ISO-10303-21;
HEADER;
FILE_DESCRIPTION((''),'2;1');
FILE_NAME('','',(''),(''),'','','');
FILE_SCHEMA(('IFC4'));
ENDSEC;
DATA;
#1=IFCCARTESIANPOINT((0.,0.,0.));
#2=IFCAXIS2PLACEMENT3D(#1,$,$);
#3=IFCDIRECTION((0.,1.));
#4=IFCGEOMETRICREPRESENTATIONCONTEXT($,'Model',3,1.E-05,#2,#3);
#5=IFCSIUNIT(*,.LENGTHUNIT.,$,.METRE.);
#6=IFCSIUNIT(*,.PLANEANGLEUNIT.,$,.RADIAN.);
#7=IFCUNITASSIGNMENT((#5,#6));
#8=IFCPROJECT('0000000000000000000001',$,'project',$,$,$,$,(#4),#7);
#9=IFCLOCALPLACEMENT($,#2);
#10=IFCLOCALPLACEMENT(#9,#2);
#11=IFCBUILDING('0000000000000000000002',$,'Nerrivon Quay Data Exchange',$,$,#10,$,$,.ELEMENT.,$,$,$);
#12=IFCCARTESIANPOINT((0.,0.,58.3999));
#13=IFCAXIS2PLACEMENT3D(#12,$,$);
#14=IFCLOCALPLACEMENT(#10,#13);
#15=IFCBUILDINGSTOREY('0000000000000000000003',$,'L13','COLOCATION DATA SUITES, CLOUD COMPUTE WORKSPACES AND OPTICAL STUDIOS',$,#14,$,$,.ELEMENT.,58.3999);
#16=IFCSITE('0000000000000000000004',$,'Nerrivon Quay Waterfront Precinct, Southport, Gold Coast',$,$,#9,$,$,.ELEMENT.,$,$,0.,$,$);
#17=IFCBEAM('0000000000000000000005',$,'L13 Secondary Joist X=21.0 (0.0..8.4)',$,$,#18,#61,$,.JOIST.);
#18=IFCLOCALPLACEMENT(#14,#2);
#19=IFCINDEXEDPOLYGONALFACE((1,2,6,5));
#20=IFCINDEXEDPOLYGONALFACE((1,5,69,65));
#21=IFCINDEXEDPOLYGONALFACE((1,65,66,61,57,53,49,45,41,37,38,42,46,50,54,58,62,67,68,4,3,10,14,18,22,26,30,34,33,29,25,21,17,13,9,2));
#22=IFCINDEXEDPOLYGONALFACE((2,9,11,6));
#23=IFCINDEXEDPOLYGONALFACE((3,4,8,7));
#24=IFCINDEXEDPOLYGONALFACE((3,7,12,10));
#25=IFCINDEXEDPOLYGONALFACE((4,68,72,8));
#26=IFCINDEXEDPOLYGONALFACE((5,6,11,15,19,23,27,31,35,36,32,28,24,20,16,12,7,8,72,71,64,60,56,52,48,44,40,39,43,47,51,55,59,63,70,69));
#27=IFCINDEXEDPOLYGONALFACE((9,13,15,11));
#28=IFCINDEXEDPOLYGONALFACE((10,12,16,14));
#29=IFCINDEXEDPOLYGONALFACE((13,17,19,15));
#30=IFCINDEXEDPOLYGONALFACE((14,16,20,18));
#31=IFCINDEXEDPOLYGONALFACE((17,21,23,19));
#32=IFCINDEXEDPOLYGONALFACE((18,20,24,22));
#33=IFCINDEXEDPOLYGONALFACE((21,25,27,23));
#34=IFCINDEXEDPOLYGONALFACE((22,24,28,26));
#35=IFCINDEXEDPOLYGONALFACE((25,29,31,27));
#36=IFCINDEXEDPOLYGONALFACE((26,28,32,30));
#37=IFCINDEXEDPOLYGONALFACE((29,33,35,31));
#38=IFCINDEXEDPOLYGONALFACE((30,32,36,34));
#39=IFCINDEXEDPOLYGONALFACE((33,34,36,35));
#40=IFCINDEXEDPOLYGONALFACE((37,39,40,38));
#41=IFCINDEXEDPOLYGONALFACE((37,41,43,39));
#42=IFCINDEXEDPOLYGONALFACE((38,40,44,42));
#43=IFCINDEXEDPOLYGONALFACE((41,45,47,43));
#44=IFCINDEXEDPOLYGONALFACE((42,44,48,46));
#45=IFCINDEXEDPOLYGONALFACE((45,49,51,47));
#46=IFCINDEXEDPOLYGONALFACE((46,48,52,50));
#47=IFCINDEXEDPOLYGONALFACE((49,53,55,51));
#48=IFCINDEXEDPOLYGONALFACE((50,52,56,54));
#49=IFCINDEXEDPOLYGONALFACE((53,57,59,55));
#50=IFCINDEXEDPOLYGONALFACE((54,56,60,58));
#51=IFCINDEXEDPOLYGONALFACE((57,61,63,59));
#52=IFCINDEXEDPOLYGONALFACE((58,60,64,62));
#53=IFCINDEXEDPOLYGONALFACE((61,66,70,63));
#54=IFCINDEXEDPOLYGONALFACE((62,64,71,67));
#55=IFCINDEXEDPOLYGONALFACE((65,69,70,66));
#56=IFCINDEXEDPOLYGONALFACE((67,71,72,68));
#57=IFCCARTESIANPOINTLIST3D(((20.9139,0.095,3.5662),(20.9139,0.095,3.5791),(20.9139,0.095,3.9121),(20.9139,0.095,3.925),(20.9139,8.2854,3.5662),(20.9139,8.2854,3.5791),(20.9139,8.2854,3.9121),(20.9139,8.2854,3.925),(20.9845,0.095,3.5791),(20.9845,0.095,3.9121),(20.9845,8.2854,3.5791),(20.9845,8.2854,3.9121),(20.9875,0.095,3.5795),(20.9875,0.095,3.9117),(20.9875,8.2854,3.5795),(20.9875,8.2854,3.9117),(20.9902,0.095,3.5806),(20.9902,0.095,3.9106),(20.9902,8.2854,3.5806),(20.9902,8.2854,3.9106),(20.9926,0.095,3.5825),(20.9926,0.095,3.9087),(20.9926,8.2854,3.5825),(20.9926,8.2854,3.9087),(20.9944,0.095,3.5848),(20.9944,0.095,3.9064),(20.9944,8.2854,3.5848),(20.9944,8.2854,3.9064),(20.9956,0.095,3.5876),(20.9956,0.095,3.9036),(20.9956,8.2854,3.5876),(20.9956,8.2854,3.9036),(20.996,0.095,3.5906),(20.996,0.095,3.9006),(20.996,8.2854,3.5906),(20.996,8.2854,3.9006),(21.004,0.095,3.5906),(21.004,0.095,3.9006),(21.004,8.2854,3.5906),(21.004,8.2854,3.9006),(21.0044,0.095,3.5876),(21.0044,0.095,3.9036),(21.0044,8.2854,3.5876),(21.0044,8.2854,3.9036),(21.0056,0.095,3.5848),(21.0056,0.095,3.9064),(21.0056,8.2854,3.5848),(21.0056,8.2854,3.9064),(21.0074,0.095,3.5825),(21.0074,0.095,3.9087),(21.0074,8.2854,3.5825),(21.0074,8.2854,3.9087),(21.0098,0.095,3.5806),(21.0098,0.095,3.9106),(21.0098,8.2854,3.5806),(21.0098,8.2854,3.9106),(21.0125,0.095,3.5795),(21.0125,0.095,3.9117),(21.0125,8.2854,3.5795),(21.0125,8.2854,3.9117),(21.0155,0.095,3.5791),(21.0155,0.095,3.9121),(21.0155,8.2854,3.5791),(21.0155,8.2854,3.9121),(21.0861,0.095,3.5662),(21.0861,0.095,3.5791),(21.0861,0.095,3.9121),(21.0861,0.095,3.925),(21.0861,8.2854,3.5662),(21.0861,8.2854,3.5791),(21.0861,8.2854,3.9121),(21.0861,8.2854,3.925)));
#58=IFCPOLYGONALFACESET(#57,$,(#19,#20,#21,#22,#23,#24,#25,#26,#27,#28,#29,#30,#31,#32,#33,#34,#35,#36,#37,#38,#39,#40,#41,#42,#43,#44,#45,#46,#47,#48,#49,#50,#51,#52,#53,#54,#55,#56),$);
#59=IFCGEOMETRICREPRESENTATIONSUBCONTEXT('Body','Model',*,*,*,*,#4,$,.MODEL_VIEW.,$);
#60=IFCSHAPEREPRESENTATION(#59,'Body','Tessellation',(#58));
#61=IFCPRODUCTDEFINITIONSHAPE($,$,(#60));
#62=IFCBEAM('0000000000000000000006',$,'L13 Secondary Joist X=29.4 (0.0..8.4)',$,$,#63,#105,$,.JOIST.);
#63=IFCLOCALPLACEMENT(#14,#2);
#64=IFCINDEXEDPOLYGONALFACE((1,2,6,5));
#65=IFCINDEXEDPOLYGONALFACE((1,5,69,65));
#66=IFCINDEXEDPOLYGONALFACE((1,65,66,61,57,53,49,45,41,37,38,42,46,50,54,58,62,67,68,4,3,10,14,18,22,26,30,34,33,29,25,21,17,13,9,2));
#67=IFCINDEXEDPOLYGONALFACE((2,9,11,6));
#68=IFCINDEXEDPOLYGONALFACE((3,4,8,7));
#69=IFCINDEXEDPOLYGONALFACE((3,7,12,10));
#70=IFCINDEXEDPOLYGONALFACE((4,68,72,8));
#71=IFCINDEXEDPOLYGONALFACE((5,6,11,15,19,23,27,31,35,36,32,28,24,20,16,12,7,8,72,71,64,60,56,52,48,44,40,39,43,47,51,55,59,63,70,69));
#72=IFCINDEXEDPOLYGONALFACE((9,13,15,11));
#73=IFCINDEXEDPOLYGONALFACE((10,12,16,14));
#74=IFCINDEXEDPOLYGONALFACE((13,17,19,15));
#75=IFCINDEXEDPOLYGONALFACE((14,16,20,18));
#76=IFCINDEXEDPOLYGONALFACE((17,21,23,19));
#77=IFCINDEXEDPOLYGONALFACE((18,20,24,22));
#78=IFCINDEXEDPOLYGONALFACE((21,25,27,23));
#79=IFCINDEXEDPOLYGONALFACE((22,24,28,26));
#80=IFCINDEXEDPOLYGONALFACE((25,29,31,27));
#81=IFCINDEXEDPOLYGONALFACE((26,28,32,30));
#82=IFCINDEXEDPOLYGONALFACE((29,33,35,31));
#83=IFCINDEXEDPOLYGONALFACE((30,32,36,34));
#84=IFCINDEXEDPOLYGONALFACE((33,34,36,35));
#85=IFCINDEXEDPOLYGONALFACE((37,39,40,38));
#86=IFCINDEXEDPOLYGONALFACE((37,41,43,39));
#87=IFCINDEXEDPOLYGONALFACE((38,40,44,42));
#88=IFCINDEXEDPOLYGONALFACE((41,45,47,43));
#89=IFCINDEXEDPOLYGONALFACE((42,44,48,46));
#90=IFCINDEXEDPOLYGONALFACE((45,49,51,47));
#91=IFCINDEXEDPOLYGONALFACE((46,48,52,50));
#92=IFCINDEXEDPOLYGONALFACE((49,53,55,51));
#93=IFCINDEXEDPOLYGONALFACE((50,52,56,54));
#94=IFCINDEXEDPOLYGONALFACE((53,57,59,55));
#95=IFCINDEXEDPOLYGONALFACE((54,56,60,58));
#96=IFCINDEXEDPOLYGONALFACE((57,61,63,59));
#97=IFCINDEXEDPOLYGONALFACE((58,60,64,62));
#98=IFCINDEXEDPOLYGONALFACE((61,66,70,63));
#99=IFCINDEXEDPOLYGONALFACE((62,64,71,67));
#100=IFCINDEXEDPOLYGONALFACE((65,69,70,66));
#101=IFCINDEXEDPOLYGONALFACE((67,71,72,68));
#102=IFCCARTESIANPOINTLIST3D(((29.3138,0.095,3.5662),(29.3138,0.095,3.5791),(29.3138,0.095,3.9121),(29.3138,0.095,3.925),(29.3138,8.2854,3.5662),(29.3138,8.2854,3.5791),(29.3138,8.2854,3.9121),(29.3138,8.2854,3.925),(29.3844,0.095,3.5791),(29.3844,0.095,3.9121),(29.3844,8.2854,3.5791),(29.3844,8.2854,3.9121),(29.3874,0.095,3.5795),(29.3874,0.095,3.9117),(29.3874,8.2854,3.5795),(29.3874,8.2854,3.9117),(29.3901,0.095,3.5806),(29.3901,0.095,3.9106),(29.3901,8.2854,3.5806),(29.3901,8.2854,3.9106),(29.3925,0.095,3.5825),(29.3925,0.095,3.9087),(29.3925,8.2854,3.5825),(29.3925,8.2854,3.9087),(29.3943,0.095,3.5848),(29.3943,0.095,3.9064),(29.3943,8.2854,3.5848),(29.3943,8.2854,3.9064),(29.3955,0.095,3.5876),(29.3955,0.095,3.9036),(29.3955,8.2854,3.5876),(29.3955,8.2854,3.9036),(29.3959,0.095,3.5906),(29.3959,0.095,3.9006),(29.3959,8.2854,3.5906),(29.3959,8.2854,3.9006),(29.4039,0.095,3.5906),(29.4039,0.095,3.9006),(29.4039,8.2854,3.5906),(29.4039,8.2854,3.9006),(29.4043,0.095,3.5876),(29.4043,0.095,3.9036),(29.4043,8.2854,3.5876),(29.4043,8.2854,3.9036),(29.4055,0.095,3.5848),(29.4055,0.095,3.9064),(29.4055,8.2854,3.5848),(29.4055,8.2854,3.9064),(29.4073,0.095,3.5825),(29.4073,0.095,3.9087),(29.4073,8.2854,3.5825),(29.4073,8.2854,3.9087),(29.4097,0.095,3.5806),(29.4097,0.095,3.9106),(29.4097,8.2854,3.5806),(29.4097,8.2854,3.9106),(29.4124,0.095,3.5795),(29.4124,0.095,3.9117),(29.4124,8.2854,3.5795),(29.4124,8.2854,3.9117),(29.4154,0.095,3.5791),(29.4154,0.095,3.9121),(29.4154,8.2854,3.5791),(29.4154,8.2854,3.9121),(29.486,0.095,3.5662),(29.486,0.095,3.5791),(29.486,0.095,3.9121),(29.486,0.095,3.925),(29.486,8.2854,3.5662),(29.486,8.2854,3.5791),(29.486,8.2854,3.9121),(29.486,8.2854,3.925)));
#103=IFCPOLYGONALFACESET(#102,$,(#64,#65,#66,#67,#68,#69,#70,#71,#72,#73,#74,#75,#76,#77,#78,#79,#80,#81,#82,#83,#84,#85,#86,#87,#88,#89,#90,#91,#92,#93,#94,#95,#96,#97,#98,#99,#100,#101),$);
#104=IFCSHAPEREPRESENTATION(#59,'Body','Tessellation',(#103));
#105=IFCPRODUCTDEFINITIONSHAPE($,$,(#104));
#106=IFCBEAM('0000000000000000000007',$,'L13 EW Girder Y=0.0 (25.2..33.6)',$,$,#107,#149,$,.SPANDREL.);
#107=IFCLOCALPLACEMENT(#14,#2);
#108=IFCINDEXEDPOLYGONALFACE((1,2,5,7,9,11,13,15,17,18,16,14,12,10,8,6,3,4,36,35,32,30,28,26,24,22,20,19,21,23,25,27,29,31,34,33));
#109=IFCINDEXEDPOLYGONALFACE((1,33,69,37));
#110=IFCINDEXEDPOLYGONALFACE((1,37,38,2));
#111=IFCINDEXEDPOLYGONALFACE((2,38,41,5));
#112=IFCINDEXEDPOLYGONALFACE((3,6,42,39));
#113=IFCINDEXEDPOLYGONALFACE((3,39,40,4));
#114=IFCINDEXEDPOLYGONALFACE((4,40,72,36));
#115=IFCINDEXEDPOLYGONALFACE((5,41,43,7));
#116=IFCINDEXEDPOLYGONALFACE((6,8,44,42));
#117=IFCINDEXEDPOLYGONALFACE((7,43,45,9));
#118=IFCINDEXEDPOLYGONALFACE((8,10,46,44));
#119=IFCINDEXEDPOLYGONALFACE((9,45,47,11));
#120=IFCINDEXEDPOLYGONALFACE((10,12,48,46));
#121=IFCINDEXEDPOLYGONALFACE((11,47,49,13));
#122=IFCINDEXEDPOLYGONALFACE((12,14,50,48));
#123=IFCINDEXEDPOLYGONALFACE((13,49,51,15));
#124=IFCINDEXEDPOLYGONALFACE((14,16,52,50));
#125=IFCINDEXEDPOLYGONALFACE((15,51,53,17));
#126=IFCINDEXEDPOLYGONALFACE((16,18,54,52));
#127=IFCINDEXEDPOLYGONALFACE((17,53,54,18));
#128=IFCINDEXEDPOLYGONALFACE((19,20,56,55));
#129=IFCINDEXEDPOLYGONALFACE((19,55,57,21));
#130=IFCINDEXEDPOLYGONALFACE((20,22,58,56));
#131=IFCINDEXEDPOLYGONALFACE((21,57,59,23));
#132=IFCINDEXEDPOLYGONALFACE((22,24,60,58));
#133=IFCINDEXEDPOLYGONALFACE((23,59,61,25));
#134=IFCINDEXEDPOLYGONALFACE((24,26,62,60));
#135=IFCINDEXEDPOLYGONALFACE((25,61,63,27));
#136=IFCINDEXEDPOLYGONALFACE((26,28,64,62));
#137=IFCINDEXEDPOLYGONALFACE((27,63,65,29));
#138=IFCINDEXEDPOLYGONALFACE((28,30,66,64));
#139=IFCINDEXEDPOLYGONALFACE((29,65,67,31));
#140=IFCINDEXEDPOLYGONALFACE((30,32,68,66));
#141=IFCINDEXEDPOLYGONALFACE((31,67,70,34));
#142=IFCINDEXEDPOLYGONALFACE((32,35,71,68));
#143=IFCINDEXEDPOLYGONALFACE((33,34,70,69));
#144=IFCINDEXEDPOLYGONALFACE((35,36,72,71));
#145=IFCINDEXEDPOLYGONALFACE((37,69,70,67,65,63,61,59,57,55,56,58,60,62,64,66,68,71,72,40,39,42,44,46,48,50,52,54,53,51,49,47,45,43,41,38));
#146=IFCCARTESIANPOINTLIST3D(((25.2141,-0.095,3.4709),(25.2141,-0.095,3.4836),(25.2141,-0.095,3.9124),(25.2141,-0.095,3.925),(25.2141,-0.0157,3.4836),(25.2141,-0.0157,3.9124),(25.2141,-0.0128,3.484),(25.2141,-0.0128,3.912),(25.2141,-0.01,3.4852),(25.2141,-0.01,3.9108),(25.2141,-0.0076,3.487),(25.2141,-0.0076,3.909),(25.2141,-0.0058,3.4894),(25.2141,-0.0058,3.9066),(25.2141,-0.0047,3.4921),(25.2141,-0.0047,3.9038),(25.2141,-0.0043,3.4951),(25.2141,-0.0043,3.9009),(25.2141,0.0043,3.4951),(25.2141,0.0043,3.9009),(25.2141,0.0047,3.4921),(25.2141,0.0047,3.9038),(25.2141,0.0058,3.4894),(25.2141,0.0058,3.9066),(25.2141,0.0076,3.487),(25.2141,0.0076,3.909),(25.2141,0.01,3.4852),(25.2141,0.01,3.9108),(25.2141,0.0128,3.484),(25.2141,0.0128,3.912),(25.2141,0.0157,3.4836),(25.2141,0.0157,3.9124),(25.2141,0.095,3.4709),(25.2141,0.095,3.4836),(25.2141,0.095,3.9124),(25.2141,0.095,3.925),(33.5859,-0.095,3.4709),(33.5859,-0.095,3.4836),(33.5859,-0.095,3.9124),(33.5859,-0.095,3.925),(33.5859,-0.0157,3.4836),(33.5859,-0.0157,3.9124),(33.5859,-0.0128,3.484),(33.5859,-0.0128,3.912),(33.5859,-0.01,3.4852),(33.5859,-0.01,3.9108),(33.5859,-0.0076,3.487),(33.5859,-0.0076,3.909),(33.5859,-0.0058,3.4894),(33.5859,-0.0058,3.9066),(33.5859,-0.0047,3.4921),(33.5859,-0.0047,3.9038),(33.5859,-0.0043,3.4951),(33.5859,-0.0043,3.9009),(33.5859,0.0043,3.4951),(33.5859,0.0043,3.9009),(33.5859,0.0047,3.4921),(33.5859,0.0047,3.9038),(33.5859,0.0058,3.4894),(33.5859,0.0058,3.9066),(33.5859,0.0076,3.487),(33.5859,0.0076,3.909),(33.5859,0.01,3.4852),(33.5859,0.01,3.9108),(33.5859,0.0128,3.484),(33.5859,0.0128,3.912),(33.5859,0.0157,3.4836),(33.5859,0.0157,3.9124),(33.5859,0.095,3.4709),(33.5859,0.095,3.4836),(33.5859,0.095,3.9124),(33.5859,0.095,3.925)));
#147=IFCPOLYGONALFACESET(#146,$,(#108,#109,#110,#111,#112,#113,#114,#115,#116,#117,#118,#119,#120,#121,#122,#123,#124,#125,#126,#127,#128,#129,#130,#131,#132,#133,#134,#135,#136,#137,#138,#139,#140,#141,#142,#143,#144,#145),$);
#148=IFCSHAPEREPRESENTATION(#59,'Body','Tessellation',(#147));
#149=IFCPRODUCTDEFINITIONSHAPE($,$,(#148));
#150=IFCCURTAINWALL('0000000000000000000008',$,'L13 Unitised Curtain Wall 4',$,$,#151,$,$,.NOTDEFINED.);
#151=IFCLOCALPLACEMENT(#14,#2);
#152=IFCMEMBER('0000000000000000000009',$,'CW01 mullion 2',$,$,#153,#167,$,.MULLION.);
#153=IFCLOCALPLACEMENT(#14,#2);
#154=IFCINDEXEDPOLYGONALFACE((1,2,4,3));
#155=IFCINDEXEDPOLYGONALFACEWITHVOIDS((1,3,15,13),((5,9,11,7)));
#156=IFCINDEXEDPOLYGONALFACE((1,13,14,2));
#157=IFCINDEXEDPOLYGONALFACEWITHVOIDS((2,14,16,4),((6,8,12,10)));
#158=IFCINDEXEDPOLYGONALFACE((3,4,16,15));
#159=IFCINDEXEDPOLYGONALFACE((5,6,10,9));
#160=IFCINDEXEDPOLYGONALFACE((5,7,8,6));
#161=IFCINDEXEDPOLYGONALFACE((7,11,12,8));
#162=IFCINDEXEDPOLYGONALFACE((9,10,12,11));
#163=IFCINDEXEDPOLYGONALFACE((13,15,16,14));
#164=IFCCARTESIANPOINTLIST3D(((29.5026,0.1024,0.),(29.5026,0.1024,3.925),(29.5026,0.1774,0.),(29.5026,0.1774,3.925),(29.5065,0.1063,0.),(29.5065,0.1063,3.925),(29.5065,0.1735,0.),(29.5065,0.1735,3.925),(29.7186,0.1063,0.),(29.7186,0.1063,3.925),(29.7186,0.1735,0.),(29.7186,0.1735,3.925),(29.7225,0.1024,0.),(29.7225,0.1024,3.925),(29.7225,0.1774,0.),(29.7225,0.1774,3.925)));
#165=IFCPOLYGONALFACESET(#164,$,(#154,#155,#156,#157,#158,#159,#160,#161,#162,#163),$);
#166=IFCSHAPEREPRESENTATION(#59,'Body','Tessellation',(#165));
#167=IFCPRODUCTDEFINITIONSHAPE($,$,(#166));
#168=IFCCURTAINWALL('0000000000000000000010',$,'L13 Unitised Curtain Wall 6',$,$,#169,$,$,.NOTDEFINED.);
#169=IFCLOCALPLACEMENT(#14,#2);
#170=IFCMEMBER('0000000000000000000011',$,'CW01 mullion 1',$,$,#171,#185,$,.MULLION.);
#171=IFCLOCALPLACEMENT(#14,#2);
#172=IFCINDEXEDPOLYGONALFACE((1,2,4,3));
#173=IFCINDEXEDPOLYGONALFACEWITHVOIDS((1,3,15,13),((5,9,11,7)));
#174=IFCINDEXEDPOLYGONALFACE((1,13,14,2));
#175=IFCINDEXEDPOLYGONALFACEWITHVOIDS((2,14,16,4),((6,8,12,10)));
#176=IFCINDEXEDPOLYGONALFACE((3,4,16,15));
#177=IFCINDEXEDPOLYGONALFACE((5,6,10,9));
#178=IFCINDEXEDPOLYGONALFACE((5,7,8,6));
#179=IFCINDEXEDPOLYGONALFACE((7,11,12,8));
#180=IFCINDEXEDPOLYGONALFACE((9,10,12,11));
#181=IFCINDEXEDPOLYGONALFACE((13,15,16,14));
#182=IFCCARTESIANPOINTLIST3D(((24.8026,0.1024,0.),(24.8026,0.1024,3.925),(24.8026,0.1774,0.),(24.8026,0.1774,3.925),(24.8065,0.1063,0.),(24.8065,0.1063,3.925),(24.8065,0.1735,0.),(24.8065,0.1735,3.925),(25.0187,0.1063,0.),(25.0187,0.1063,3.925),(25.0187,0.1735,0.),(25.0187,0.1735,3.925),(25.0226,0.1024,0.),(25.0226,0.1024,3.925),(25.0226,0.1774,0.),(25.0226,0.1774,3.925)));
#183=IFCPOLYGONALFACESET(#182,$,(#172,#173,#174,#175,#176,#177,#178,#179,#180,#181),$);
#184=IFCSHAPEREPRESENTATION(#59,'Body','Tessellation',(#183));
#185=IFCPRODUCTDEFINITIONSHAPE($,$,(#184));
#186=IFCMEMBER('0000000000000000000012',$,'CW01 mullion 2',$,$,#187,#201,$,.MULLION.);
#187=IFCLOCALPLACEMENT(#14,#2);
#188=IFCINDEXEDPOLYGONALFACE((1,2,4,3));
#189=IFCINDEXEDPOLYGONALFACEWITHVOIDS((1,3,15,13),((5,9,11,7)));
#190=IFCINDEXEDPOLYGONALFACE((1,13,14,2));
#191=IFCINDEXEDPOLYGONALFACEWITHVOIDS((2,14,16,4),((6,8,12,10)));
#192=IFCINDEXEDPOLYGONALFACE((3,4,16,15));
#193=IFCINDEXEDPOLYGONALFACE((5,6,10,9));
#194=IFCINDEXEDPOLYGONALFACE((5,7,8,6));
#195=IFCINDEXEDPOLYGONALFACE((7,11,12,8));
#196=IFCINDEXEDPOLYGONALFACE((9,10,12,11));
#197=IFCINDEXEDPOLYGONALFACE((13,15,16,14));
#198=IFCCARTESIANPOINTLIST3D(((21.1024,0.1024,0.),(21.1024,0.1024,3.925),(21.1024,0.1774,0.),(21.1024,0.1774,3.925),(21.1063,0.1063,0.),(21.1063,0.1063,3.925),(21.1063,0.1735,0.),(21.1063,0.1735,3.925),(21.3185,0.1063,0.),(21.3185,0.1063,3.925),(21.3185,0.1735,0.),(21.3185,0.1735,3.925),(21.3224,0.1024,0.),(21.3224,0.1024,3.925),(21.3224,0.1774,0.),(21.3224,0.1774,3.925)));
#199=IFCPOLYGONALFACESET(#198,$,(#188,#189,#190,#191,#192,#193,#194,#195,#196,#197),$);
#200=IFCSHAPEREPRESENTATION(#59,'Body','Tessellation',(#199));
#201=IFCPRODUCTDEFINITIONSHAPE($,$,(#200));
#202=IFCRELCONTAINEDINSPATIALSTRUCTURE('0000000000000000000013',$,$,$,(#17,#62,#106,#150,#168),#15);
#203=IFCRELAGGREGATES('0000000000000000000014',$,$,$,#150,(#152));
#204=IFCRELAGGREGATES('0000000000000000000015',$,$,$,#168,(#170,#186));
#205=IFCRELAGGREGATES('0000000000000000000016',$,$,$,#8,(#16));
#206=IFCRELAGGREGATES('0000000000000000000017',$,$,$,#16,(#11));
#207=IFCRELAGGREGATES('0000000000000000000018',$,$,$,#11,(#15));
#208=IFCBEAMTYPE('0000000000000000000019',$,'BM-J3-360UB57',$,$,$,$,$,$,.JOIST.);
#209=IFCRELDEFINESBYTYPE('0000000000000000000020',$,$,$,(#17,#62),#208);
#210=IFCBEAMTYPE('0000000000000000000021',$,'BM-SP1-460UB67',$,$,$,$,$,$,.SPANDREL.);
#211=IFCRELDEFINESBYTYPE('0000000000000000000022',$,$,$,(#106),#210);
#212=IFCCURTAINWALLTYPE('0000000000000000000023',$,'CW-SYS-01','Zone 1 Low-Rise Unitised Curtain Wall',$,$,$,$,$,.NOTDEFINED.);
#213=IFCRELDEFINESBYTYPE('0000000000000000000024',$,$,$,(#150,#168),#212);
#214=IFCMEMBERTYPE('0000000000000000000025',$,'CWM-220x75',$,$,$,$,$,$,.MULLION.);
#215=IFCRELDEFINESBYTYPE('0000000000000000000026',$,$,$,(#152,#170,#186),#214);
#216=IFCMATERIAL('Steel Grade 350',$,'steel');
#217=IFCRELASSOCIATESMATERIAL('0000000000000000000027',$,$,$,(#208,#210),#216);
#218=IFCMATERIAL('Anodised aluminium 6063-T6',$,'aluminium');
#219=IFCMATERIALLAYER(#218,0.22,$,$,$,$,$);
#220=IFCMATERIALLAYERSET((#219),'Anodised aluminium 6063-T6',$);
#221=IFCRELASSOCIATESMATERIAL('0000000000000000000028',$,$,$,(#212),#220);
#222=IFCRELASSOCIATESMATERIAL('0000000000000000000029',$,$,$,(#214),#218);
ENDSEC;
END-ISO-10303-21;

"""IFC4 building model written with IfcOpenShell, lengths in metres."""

from ifc_helpers import new_model, si_unit, direction, frame, origin, origin_2d, place, context, subcontext, project, spatial, hollow_rectangle, i_section, extrude, material, layer, layer_set, material_profile, profile_set, type_object, element, aggregate, save


model = new_model("IFC4")

# Units and contexts
model_context = context("Model", 3, precision=1e-05, world=origin(), true_north=direction((0.0, 1.0)))
body_context = subcontext(model_context, "Body", "Model", "MODEL_VIEW")
ifc_project = project(units=[si_unit("LENGTHUNIT", "METRE"), si_unit("PLANEANGLEUNIT", "RADIAN")], contexts=[model_context])

# Site, building, storey
site_placement = place(None, origin())
site = spatial("IfcSite", under=ifc_project, at=site_placement, Name="Nerrivon Quay Waterfront Precinct, Southport, Gold Coast", CompositionType="ELEMENT", RefElevation=0.0)
building_placement = place(site_placement, origin())
building = spatial("IfcBuilding", under=site, at=building_placement, Name="Nerrivon Quay Data Exchange", CompositionType="ELEMENT")
storey_placement = place(building_placement, frame((0.0, 0.0, 58.3999)))
storey = spatial("IfcBuildingStorey", under=building, at=storey_placement, Name="L13", Description="COLOCATION DATA SUITES, CLOUD COMPUTE WORKSPACES AND OPTICAL STUDIOS", CompositionType="ELEMENT", Elevation=58.3999)

# Shared definitions
ifc_material_1 = material(Name="Steel Grade 350", Category="steel")

# Beams
ifc_material_profile_1 = material_profile(ifc_material_1, i_section(OverallWidth=0.1721, OverallDepth=0.3589, WebThickness=0.0081, FlangeThickness=0.0129, FilletRadius=0.0115, at=origin_2d()), Name="360UB56.7")
ifc_profile_set_1 = profile_set([ifc_material_profile_1], Name="Steel Grade 350")
beam_type_1 = type_object("IfcBeamType", Name="BM-J3-360UB57", PredefinedType="JOIST", material=ifc_profile_set_1)
for number, where, z_axis, x_axis, name in (
    (1, (21.0, 0.095, 3.7456), (0.0, 1.0, 0.0), (-1.0, 0.0, 0.0), "L13 Secondary Joist X=21.0 (0.0..8.4)"),
    (2, (29.3999, 0.095, 3.7456), (0.0, 1.0, 0.0), (-1.0, 0.0, 0.0), "L13 Secondary Joist X=29.4 (0.0..8.4)"),
):
    element("IfcBeam", number, at=place(storey_placement, frame(where, z_axis=z_axis, x_axis=x_axis)), inside=storey, type_object=beam_type_1, Name=name, PredefinedType="JOIST", context=body_context, shape_type="SweptSolid", body=[
        extrude(i_section(OverallWidth=0.1721, OverallDepth=0.3589, WebThickness=0.0081, FlangeThickness=0.0129, FilletRadius=0.0115, at=origin_2d()), origin(), (0.0, 0.0, 1.0), 8.1904),
    ])
ifc_material_profile_2 = material_profile(ifc_material_1, i_section(OverallWidth=0.1899, OverallDepth=0.4541, WebThickness=0.0085, FlangeThickness=0.0127, FilletRadius=0.0115, at=origin_2d()), Name="460UB67.1")
ifc_profile_set_2 = profile_set([ifc_material_profile_2], Name="Steel Grade 350")
beam_type_2 = type_object("IfcBeamType", Name="BM-SP1-460UB67", PredefinedType="SPANDREL", material=ifc_profile_set_2)
beam_1_placement = place(storey_placement, frame((25.2141, 0.0, 3.698), z_axis=(1.0, 0.0, 0.0), x_axis=(0.0, 1.0, 0.0)))
element("IfcBeam", 3, at=beam_1_placement, inside=storey, type_object=beam_type_2, Name="L13 EW Girder Y=0.0 (25.2..33.6)", PredefinedType="SPANDREL", context=body_context, shape_type="SweptSolid", body=[
    extrude(i_section(OverallWidth=0.1899, OverallDepth=0.4541, WebThickness=0.0085, FlangeThickness=0.0127, FilletRadius=0.0115, at=origin_2d()), origin(), (0.0, 0.0, 1.0), 8.3718),
])

# Curtain wall, member
ifc_material_2 = material(Name="Anodised aluminium 6063-T6", Category="aluminium")
ifc_layer_1 = layer(ifc_material_2, 0.22)
ifc_layer_set_1 = layer_set([ifc_layer_1], Name="Anodised aluminium 6063-T6")
curtain_wall_type = type_object("IfcCurtainWallType", Name="CW-SYS-01", Description="Zone 1 Low-Rise Unitised Curtain Wall", PredefinedType="NOTDEFINED", material=ifc_layer_set_1)
curtain_wall_1_placement = place(storey_placement, origin())
curtain_wall_1 = element("IfcCurtainWall", 4, at=curtain_wall_1_placement, inside=storey, type_object=curtain_wall_type, Name="L13 Unitised Curtain Wall 4", PredefinedType="NOTDEFINED")
ifc_material_profile_3 = material_profile(ifc_material_2, hollow_rectangle(XDim=0.075, YDim=0.22, WallThickness=0.0039, at=origin_2d()), Name="ALU-MULL-220x75")
ifc_profile_set_3 = profile_set([ifc_material_profile_3], Name="Anodised aluminium 6063-T6")
member_type_1 = type_object("IfcMemberType", Name="CWM-220x75", PredefinedType="MULLION", material=ifc_profile_set_3)
member_1_placement = place(storey_placement, frame((29.6125, 0.1399, 0.0), z_axis=(0.0, 0.0, 1.0), x_axis=(0.0, -1.0, 0.0)))
member_1 = element("IfcMember", 5, at=member_1_placement, type_object=member_type_1, Name="CW01 mullion 2", PredefinedType="MULLION", context=body_context, shape_type="SweptSolid", body=[
    extrude(hollow_rectangle(XDim=0.075, YDim=0.22, WallThickness=0.0039, at=origin_2d()), origin(), (0.0, 0.0, 1.0), 3.925),
])
aggregate(curtain_wall_1, [member_1])

# Curtain wall, members
curtain_wall_2_placement = place(storey_placement, origin())
curtain_wall_2 = element("IfcCurtainWall", 6, at=curtain_wall_2_placement, inside=storey, type_object=curtain_wall_type, Name="L13 Unitised Curtain Wall 6", PredefinedType="NOTDEFINED")
member_2_placement = place(storey_placement, frame((24.9126, 0.1399, 0.0), z_axis=(0.0, 0.0, 1.0), x_axis=(0.0, -1.0, 0.0)))
member_2 = element("IfcMember", 7, at=member_2_placement, type_object=member_type_1, Name="CW01 mullion 1", PredefinedType="MULLION", context=body_context, shape_type="SweptSolid", body=[
    extrude(hollow_rectangle(XDim=0.075, YDim=0.22, WallThickness=0.0039, at=origin_2d()), origin(), (0.0, 0.0, 1.0), 3.925),
])
member_3_placement = place(storey_placement, frame((21.2124, 0.1399, 0.0), z_axis=(0.0, 0.0, 1.0), x_axis=(0.0, -1.0, 0.0)))
member_3 = element("IfcMember", 8, at=member_3_placement, type_object=member_type_1, Name="CW01 mullion 2", PredefinedType="MULLION", context=body_context, shape_type="SweptSolid", body=[
    extrude(hollow_rectangle(XDim=0.075, YDim=0.22, WallThickness=0.0039, at=origin_2d()), origin(), (0.0, 0.0, 1.0), 3.925),
])
aggregate(curtain_wall_2, [member_2, member_3])

save(model, "model.ifc")
